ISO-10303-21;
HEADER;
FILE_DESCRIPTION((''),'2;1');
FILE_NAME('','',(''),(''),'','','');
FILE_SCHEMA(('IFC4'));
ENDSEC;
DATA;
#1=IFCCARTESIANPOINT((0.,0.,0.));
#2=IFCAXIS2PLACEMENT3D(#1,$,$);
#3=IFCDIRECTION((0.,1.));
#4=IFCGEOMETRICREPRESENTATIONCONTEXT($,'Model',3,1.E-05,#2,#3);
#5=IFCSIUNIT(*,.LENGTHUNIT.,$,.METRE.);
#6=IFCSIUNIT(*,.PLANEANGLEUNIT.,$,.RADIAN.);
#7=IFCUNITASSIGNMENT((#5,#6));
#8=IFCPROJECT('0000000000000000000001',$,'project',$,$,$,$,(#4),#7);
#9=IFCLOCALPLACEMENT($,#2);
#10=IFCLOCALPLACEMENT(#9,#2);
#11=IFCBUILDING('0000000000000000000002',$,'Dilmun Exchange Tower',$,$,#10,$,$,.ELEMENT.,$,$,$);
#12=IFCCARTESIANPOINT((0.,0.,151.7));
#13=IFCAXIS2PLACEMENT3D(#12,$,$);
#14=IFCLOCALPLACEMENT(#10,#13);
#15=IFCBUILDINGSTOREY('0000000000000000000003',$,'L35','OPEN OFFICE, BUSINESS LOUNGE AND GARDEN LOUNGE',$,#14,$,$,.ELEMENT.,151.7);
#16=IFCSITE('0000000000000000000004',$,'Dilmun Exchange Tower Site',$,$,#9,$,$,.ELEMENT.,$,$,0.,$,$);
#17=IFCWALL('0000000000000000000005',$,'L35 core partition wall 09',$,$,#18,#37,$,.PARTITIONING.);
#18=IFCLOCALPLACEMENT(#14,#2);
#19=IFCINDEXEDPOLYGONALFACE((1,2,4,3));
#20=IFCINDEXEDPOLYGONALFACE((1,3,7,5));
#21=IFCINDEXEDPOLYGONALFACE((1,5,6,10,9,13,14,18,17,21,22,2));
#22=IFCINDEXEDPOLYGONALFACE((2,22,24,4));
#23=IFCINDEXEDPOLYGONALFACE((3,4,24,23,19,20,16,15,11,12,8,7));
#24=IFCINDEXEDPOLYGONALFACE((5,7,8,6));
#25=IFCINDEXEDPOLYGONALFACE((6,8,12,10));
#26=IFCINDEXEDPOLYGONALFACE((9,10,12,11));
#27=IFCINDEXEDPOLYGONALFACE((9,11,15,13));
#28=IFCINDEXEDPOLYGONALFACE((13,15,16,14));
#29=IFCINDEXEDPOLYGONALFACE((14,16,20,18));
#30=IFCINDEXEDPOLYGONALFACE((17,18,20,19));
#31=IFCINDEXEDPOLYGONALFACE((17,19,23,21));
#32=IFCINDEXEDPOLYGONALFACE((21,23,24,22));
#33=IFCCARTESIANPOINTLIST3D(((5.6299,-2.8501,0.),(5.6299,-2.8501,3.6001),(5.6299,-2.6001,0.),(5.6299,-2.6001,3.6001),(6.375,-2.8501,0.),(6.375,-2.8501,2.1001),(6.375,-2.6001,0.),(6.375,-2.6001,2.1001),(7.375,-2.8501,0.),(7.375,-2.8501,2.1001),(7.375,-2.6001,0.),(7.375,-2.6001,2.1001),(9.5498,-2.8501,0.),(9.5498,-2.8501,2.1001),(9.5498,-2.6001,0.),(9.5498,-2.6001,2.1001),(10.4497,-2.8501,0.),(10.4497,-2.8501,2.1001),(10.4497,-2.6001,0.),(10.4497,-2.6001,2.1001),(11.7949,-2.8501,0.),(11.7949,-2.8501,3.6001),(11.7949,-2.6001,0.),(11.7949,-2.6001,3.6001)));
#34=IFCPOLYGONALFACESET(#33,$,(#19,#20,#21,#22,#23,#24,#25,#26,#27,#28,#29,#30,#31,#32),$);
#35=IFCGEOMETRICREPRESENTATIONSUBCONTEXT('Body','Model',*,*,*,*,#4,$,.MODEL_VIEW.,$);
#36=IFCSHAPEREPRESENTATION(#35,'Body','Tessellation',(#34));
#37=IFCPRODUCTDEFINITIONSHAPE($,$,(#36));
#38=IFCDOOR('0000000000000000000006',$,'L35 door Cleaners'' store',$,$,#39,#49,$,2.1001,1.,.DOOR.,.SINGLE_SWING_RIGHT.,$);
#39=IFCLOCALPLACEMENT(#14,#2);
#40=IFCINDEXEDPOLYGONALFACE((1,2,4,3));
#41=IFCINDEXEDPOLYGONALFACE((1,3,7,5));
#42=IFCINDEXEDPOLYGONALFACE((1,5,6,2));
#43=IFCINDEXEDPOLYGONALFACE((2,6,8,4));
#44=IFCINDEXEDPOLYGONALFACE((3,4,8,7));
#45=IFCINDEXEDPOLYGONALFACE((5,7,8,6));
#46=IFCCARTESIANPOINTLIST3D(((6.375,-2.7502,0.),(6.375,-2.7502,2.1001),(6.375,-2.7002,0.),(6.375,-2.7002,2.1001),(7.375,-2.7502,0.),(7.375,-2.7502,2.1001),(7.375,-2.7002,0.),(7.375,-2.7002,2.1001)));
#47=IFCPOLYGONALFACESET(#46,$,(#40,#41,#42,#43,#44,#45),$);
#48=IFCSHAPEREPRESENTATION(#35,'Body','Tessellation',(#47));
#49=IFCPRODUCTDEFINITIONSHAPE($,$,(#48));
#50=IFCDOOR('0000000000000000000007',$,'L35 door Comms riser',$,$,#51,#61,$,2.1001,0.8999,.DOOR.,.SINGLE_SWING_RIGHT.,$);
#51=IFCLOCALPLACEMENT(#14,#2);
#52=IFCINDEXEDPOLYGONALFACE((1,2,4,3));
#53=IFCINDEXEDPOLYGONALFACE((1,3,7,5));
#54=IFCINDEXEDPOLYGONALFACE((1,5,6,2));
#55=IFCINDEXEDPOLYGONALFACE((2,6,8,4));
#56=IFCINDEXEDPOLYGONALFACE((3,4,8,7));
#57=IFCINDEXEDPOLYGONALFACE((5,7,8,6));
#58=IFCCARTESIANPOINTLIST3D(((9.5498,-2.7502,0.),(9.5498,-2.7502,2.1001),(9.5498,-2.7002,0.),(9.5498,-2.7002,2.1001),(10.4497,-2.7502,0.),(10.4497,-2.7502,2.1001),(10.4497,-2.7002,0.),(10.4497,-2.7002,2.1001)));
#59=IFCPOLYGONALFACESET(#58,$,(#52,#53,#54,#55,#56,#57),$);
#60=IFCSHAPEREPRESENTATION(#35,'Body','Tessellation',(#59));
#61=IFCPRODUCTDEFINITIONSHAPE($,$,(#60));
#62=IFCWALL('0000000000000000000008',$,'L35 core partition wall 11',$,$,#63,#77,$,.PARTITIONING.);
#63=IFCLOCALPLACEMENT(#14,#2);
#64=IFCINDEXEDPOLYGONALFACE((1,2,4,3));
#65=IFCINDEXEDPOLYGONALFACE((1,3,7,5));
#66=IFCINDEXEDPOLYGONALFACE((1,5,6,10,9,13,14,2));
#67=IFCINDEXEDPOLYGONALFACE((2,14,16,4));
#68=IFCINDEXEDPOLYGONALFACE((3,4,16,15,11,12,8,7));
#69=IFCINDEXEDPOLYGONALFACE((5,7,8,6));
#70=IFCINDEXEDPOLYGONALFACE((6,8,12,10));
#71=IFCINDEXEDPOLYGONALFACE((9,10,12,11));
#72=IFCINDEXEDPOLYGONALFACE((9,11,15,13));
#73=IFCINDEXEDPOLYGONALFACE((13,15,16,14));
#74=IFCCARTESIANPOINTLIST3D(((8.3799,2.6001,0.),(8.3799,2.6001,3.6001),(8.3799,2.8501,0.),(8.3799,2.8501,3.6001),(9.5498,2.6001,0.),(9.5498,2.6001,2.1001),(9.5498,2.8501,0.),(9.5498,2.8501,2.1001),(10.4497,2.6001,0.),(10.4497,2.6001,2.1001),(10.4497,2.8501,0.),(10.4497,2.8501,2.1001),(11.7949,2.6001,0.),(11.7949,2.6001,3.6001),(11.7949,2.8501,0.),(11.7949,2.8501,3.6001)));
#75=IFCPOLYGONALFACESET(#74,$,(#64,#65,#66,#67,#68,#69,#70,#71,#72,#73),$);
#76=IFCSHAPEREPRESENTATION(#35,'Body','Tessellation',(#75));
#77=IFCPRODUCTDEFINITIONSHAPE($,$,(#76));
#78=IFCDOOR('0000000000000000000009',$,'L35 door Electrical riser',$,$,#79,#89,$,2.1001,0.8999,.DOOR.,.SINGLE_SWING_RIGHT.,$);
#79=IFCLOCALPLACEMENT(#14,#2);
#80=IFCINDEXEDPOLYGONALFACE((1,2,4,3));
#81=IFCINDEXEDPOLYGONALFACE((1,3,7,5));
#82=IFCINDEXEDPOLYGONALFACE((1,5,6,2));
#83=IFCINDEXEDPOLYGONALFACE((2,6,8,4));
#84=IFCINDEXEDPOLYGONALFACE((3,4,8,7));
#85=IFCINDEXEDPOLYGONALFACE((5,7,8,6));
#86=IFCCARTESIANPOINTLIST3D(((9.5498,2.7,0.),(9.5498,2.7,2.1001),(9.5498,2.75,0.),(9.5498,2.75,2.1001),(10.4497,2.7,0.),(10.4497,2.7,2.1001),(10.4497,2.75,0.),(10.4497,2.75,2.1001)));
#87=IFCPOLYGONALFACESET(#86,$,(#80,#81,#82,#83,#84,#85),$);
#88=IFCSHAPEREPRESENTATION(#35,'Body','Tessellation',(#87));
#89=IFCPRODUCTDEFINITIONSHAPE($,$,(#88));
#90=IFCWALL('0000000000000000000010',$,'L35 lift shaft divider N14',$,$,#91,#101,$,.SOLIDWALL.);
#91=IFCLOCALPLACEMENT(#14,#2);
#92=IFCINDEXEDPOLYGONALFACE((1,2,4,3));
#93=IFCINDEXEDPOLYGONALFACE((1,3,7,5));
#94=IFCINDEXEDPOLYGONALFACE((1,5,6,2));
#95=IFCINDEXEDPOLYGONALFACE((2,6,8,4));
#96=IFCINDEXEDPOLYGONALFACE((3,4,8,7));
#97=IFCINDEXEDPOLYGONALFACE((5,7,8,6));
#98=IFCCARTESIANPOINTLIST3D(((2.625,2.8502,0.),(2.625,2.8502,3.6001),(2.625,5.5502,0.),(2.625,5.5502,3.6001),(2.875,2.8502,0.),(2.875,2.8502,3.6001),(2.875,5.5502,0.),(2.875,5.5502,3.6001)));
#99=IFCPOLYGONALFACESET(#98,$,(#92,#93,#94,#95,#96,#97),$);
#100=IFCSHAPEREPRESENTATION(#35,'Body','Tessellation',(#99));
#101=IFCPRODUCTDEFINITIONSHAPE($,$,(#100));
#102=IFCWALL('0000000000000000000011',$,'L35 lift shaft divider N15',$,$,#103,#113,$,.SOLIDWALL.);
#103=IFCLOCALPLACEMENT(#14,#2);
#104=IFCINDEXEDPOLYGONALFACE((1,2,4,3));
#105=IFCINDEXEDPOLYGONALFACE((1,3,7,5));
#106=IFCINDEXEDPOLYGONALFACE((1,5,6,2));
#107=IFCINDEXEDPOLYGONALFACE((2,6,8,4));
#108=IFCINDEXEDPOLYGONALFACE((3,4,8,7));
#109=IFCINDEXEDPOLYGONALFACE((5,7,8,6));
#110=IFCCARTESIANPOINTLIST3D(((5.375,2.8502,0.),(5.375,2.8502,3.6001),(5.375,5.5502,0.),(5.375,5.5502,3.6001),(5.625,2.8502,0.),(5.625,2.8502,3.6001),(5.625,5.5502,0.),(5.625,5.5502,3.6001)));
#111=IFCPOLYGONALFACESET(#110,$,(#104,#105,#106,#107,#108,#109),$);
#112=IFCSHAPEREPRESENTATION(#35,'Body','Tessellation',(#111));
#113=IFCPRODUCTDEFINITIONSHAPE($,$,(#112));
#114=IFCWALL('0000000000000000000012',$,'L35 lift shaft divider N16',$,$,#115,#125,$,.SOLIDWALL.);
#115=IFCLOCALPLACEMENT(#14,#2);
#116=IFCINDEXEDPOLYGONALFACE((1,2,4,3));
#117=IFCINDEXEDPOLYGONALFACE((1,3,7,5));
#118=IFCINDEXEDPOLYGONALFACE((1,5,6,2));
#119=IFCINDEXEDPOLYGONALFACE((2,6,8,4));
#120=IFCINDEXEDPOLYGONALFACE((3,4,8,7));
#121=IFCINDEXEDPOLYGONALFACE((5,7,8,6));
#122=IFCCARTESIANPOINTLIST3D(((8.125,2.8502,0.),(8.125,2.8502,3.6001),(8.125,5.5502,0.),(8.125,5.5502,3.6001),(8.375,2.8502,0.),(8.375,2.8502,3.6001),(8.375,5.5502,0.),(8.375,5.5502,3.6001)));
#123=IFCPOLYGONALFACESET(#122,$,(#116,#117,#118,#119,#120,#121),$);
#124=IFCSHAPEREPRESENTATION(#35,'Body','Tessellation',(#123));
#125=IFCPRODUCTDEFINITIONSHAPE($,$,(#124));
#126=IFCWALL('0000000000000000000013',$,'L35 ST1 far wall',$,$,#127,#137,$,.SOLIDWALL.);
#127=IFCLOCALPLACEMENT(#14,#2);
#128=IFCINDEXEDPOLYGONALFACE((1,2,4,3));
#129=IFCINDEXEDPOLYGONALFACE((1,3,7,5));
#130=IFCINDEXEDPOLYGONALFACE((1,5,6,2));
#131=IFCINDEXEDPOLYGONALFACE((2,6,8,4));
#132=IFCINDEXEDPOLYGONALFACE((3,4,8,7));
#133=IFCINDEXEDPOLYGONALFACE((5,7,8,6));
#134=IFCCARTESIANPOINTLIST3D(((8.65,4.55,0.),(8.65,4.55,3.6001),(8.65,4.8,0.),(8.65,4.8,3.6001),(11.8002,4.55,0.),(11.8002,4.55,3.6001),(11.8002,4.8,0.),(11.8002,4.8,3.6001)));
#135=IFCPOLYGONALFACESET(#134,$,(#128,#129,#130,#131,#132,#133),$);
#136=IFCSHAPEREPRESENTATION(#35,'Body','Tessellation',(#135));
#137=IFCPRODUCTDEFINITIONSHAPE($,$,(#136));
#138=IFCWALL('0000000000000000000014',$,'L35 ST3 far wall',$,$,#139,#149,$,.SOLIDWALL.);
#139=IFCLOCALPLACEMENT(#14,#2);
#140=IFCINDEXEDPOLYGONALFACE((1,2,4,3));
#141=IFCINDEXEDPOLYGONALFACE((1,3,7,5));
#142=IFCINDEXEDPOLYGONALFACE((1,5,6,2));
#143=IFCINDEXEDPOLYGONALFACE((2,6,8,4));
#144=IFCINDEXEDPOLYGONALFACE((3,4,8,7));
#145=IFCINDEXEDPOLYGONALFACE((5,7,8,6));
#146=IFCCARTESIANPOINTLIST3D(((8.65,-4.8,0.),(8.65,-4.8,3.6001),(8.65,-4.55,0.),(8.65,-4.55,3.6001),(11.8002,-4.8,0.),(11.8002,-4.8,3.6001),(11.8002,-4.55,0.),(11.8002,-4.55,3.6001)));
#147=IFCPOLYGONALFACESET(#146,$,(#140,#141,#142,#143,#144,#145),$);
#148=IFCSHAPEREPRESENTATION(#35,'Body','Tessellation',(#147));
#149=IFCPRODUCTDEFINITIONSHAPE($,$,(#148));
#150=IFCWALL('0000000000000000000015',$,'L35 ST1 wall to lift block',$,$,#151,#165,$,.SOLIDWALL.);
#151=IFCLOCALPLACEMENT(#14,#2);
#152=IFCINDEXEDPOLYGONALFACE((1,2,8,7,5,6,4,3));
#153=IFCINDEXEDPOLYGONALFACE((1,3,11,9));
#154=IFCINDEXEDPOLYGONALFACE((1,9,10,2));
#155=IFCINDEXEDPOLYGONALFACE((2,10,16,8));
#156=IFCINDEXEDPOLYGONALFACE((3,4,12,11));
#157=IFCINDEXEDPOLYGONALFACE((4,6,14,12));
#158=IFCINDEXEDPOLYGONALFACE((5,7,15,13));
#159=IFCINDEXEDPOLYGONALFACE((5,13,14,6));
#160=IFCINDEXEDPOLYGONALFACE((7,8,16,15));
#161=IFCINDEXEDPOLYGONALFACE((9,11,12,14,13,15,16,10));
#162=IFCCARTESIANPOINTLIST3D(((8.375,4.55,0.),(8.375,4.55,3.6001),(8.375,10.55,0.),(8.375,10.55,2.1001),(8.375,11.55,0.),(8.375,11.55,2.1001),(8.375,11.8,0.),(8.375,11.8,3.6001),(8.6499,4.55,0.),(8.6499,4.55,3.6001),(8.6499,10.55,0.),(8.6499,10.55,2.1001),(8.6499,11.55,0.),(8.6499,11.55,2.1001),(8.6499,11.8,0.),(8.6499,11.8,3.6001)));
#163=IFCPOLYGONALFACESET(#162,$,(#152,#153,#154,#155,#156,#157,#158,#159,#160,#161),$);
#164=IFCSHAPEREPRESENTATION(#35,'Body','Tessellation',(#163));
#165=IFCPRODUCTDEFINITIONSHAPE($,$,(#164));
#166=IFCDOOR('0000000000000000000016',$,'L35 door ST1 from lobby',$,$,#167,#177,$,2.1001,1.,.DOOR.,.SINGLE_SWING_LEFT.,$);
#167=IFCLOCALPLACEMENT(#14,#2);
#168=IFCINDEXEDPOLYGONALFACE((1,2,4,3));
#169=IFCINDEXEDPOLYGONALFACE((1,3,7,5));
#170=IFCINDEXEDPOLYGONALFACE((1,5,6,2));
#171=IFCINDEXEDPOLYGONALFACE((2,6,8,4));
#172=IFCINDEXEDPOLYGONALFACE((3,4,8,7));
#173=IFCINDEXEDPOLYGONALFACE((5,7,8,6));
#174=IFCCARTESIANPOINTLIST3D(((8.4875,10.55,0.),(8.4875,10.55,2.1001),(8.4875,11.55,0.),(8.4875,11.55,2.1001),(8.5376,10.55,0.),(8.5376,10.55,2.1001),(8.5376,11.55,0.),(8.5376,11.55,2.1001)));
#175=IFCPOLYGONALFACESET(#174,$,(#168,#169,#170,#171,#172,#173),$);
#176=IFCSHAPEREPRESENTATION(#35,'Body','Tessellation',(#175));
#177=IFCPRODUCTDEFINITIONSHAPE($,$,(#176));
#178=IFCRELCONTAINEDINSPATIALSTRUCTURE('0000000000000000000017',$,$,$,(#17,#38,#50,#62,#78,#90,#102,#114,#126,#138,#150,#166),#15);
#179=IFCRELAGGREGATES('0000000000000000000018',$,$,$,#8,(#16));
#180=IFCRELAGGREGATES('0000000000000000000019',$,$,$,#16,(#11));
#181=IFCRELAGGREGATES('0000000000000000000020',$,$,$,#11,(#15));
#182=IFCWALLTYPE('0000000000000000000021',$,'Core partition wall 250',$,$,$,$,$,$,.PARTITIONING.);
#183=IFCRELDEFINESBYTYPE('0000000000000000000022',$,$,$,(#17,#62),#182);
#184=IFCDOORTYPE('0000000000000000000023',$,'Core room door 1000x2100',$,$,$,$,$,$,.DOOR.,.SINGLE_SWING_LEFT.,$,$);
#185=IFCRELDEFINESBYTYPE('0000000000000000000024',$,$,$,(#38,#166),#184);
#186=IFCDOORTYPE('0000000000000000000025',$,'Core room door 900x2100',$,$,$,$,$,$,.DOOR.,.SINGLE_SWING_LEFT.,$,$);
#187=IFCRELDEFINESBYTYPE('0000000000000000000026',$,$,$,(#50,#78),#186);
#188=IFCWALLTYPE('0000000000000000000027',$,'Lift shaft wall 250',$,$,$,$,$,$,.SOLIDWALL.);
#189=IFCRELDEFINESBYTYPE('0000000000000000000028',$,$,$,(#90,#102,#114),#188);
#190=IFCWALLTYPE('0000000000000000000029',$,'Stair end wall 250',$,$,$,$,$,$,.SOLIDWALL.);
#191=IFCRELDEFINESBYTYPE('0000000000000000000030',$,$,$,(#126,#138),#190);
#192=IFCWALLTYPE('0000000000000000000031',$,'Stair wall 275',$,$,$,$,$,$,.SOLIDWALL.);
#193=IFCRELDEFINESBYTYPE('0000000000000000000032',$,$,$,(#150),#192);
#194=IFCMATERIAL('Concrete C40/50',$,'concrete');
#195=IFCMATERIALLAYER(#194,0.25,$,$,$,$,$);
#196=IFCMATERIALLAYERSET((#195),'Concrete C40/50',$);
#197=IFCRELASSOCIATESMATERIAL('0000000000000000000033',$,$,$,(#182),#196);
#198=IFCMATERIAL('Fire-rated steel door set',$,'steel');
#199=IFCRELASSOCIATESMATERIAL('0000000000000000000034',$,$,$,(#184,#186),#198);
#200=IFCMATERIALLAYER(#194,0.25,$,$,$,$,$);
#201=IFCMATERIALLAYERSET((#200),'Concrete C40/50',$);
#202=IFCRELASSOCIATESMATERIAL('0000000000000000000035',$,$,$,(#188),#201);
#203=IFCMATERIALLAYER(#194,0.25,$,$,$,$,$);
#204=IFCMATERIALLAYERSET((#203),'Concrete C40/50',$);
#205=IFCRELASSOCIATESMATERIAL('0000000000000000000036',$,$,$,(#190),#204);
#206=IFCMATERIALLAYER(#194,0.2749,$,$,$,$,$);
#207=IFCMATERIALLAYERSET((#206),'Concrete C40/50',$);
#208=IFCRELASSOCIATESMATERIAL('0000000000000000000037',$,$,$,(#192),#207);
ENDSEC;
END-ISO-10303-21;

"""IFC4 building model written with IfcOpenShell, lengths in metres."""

from ifc_helpers import new_model, si_unit, direction, frame, frame_2d, origin, place, context, subcontext, project, spatial, rectangle, extrude, material, layer, layer_set, type_object, element, fill, save


model = new_model("IFC4")

# Units and contexts
model_context = context("Model", 3, precision=1e-05, world=origin(), true_north=direction((0.0, 1.0)))
body_context = subcontext(model_context, "Body", "Model", "MODEL_VIEW")
ifc_project = project(units=[si_unit("LENGTHUNIT", "METRE"), si_unit("PLANEANGLEUNIT", "RADIAN")], contexts=[model_context])

# Site, building, storey
site_placement = place(None, origin())
site = spatial("IfcSite", under=ifc_project, at=site_placement, Name="Dilmun Exchange Tower Site", CompositionType="ELEMENT", RefElevation=0.0)
building_placement = place(site_placement, origin())
building = spatial("IfcBuilding", under=site, at=building_placement, Name="Dilmun Exchange Tower", CompositionType="ELEMENT")
storey_placement = place(building_placement, frame((0.0, 0.0, 151.7)))
storey = spatial("IfcBuildingStorey", under=building, at=storey_placement, Name="L35", Description="OPEN OFFICE, BUSINESS LOUNGE AND GARDEN LOUNGE", CompositionType="ELEMENT", Elevation=151.7)

# Wall, openings, doors
ifc_material_1 = material(Name="Concrete C40/50", Category="concrete")
ifc_layer_1 = layer(ifc_material_1, 0.25)
ifc_layer_set_1 = layer_set([ifc_layer_1], Name="Concrete C40/50")
wall_type_1 = type_object("IfcWallType", Name="Core partition wall 250", PredefinedType="PARTITIONING", material=ifc_layer_set_1)
wall_1_placement = place(storey_placement, frame((5.6299, -2.7251, 0.0), z_axis=(0.0, 0.0, 1.0), x_axis=(1.0, 0.0, 0.0)))
wall_1 = element("IfcWall", 1, at=wall_1_placement, inside=storey, type_object=wall_type_1, Name="L35 core partition wall 09", PredefinedType="PARTITIONING", context=body_context, shape_type="SweptSolid", body=[
    extrude(rectangle(XDim=6.165, YDim=0.25, at=frame_2d((3.0825, 0.0))), origin(), (0.0, 0.0, 1.0), 3.6001),
])
opening_1_placement = place(wall_1_placement, frame((0.7451, 0.0, 0.0)))
opening_1 = element("IfcOpeningElement", 2, at=opening_1_placement, cuts=wall_1, PredefinedType="OPENING", context=body_context, shape_type="SweptSolid", body=[
    extrude(rectangle(XDim=1.0, YDim=2.1001, at=frame_2d((0.5, 1.05))), frame((0.0, 0.135, 0.0), z_axis=(0.0, -1.0, 0.0), x_axis=(1.0, 0.0, 0.0)), (0.0, 0.0, 1.0), 0.27),
])
opening_2_placement = place(wall_1_placement, frame((3.9199, 0.0, 0.0)))
opening_2 = element("IfcOpeningElement", 3, at=opening_2_placement, cuts=wall_1, PredefinedType="OPENING", context=body_context, shape_type="SweptSolid", body=[
    extrude(rectangle(XDim=0.8999, YDim=2.1001, at=frame_2d((0.45, 1.05))), frame((0.0, 0.135, 0.0), z_axis=(0.0, -1.0, 0.0), x_axis=(1.0, 0.0, 0.0)), (0.0, 0.0, 1.0), 0.27),
])
ifc_material_2 = material(Name="Fire-rated steel door set", Category="steel")
door_type_1 = type_object("IfcDoorType", Name="Core room door 1000x2100", OperationType="SINGLE_SWING_LEFT", PredefinedType="DOOR", material=ifc_material_2)
door_1_placement = place(opening_1_placement, origin())
door_1 = element("IfcDoor", 4, at=door_1_placement, inside=storey, type_object=door_type_1, Name="L35 door Cleaners' store", OperationType="SINGLE_SWING_RIGHT", OverallHeight=2.1001, OverallWidth=1.0, PredefinedType="DOOR", context=body_context, shape_type="SweptSolid", body=[
    extrude(rectangle(XDim=1.0, YDim=2.1001, at=frame_2d((0.5, 1.05))), frame((0.0, 0.0249, 0.0), z_axis=(0.0, -1.0, 0.0), x_axis=(1.0, 0.0, 0.0)), (0.0, 0.0, 1.0), 0.05),
])
fill(opening_1, door_1)
door_type_2 = type_object("IfcDoorType", Name="Core room door 900x2100", OperationType="SINGLE_SWING_LEFT", PredefinedType="DOOR", material=ifc_material_2)
door_2_placement = place(opening_2_placement, origin())
door_2 = element("IfcDoor", 5, at=door_2_placement, inside=storey, type_object=door_type_2, Name="L35 door Comms riser", OperationType="SINGLE_SWING_RIGHT", OverallHeight=2.1001, OverallWidth=0.8999, PredefinedType="DOOR", context=body_context, shape_type="SweptSolid", body=[
    extrude(rectangle(XDim=0.8999, YDim=2.1001, at=frame_2d((0.45, 1.05))), frame((0.0, 0.0249, 0.0), z_axis=(0.0, -1.0, 0.0), x_axis=(1.0, 0.0, 0.0)), (0.0, 0.0, 1.0), 0.05),
])
fill(opening_2, door_2)

# Wall, opening, door
wall_2_placement = place(storey_placement, frame((8.3799, 2.7251, 0.0), z_axis=(0.0, 0.0, 1.0), x_axis=(1.0, 0.0, 0.0)))
wall_2 = element("IfcWall", 6, at=wall_2_placement, inside=storey, type_object=wall_type_1, Name="L35 core partition wall 11", PredefinedType="PARTITIONING", context=body_context, shape_type="SweptSolid", body=[
    extrude(rectangle(XDim=3.415, YDim=0.25, at=frame_2d((1.7075, 0.0))), origin(), (0.0, 0.0, 1.0), 3.6001),
])
opening_3_placement = place(wall_2_placement, frame((1.1699, 0.0, 0.0)))
opening_3 = element("IfcOpeningElement", 7, at=opening_3_placement, cuts=wall_2, PredefinedType="OPENING", context=body_context, shape_type="SweptSolid", body=[
    extrude(rectangle(XDim=0.8999, YDim=2.1001, at=frame_2d((0.45, 1.05))), frame((0.0, 0.135, 0.0), z_axis=(0.0, -1.0, 0.0), x_axis=(1.0, 0.0, 0.0)), (0.0, 0.0, 1.0), 0.27),
])
door_3_placement = place(opening_3_placement, origin())
door_3 = element("IfcDoor", 8, at=door_3_placement, inside=storey, type_object=door_type_2, Name="L35 door Electrical riser", OperationType="SINGLE_SWING_RIGHT", OverallHeight=2.1001, OverallWidth=0.8999, PredefinedType="DOOR", context=body_context, shape_type="SweptSolid", body=[
    extrude(rectangle(XDim=0.8999, YDim=2.1001, at=frame_2d((0.45, 1.05))), frame((0.0, 0.0249, 0.0), z_axis=(0.0, -1.0, 0.0), x_axis=(1.0, 0.0, 0.0)), (0.0, 0.0, 1.0), 0.05),
])
fill(opening_3, door_3)

# Walls
ifc_layer_2 = layer(ifc_material_1, 0.25)
ifc_layer_set_2 = layer_set([ifc_layer_2], Name="Concrete C40/50")
wall_type_2 = type_object("IfcWallType", Name="Lift shaft wall 250", PredefinedType="SOLIDWALL", material=ifc_layer_set_2)
for number, where, z_axis, x_axis, name in (
    (9, (2.75, 2.8501, 0.0), (0.0, 0.0, 1.0), (0.0, 1.0, 0.0), "L35 lift shaft divider N14"),
    (10, (5.5, 2.8501, 0.0), (0.0, 0.0, 1.0), (0.0, 1.0, 0.0), "L35 lift shaft divider N15"),
    (11, (8.25, 2.8501, 0.0), (0.0, 0.0, 1.0), (0.0, 1.0, 0.0), "L35 lift shaft divider N16"),
):
    element("IfcWall", number, at=place(storey_placement, frame(where, z_axis=z_axis, x_axis=x_axis)), inside=storey, type_object=wall_type_2, Name=name, PredefinedType="SOLIDWALL", context=body_context, shape_type="SweptSolid", body=[
        extrude(rectangle(XDim=2.7, YDim=0.25, at=frame_2d((1.3501, 0.0))), origin(), (0.0, 0.0, 1.0), 3.6001),
    ])
ifc_layer_3 = layer(ifc_material_1, 0.25)
ifc_layer_set_3 = layer_set([ifc_layer_3], Name="Concrete C40/50")
wall_type_3 = type_object("IfcWallType", Name="Stair end wall 250", PredefinedType="SOLIDWALL", material=ifc_layer_set_3)
for number, where, z_axis, x_axis, name in (
    (12, (8.6499, 4.675, 0.0), (0.0, 0.0, 1.0), (1.0, 0.0, 0.0), "L35 ST1 far wall"),
    (13, (8.6499, -4.675, 0.0), (0.0, 0.0, 1.0), (1.0, 0.0, 0.0), "L35 ST3 far wall"),
):
    element("IfcWall", number, at=place(storey_placement, frame(where, z_axis=z_axis, x_axis=x_axis)), inside=storey, type_object=wall_type_3, Name=name, PredefinedType="SOLIDWALL", context=body_context, shape_type="SweptSolid", body=[
        extrude(rectangle(XDim=3.1501, YDim=0.25, at=frame_2d((1.5752, 0.0))), origin(), (0.0, 0.0, 1.0), 3.6001),
    ])

# Wall, opening, door
ifc_layer_4 = layer(ifc_material_1, 0.2749)
ifc_layer_set_4 = layer_set([ifc_layer_4], Name="Concrete C40/50")
wall_type_4 = type_object("IfcWallType", Name="Stair wall 275", PredefinedType="SOLIDWALL", material=ifc_layer_set_4)
wall_3_placement = place(storey_placement, frame((8.5125, 4.55, 0.0), z_axis=(0.0, 0.0, 1.0), x_axis=(0.0, 1.0, 0.0)))
wall_3 = element("IfcWall", 14, at=wall_3_placement, inside=storey, type_object=wall_type_4, Name="L35 ST1 wall to lift block", PredefinedType="SOLIDWALL", context=body_context, shape_type="SweptSolid", body=[
    extrude(rectangle(XDim=7.25, YDim=0.2749, at=frame_2d((3.625, 0.0))), origin(), (0.0, 0.0, 1.0), 3.6001),
])
opening_4_placement = place(wall_3_placement, frame((6.0, 0.0, 0.0)))
opening_4 = element("IfcOpeningElement", 15, at=opening_4_placement, cuts=wall_3, PredefinedType="OPENING", context=body_context, shape_type="SweptSolid", body=[
    extrude(rectangle(XDim=1.0, YDim=2.1001, at=frame_2d((0.5, 1.05))), frame((0.0, 0.1475, 0.0), z_axis=(0.0, -1.0, 0.0), x_axis=(1.0, 0.0, 0.0)), (0.0, 0.0, 1.0), 0.2949),
])
door_4_placement = place(opening_4_placement, origin())
door_4 = element("IfcDoor", 16, at=door_4_placement, inside=storey, type_object=door_type_1, Name="L35 door ST1 from lobby", OperationType="SINGLE_SWING_LEFT", OverallHeight=2.1001, OverallWidth=1.0, PredefinedType="DOOR", context=body_context, shape_type="SweptSolid", body=[
    extrude(rectangle(XDim=1.0, YDim=2.1001, at=frame_2d((0.5, 1.05))), frame((0.0, 0.0249, 0.0), z_axis=(0.0, -1.0, 0.0), x_axis=(1.0, 0.0, 0.0)), (0.0, 0.0, 1.0), 0.05),
])
fill(opening_4, door_4)

save(model, "model.ifc")
